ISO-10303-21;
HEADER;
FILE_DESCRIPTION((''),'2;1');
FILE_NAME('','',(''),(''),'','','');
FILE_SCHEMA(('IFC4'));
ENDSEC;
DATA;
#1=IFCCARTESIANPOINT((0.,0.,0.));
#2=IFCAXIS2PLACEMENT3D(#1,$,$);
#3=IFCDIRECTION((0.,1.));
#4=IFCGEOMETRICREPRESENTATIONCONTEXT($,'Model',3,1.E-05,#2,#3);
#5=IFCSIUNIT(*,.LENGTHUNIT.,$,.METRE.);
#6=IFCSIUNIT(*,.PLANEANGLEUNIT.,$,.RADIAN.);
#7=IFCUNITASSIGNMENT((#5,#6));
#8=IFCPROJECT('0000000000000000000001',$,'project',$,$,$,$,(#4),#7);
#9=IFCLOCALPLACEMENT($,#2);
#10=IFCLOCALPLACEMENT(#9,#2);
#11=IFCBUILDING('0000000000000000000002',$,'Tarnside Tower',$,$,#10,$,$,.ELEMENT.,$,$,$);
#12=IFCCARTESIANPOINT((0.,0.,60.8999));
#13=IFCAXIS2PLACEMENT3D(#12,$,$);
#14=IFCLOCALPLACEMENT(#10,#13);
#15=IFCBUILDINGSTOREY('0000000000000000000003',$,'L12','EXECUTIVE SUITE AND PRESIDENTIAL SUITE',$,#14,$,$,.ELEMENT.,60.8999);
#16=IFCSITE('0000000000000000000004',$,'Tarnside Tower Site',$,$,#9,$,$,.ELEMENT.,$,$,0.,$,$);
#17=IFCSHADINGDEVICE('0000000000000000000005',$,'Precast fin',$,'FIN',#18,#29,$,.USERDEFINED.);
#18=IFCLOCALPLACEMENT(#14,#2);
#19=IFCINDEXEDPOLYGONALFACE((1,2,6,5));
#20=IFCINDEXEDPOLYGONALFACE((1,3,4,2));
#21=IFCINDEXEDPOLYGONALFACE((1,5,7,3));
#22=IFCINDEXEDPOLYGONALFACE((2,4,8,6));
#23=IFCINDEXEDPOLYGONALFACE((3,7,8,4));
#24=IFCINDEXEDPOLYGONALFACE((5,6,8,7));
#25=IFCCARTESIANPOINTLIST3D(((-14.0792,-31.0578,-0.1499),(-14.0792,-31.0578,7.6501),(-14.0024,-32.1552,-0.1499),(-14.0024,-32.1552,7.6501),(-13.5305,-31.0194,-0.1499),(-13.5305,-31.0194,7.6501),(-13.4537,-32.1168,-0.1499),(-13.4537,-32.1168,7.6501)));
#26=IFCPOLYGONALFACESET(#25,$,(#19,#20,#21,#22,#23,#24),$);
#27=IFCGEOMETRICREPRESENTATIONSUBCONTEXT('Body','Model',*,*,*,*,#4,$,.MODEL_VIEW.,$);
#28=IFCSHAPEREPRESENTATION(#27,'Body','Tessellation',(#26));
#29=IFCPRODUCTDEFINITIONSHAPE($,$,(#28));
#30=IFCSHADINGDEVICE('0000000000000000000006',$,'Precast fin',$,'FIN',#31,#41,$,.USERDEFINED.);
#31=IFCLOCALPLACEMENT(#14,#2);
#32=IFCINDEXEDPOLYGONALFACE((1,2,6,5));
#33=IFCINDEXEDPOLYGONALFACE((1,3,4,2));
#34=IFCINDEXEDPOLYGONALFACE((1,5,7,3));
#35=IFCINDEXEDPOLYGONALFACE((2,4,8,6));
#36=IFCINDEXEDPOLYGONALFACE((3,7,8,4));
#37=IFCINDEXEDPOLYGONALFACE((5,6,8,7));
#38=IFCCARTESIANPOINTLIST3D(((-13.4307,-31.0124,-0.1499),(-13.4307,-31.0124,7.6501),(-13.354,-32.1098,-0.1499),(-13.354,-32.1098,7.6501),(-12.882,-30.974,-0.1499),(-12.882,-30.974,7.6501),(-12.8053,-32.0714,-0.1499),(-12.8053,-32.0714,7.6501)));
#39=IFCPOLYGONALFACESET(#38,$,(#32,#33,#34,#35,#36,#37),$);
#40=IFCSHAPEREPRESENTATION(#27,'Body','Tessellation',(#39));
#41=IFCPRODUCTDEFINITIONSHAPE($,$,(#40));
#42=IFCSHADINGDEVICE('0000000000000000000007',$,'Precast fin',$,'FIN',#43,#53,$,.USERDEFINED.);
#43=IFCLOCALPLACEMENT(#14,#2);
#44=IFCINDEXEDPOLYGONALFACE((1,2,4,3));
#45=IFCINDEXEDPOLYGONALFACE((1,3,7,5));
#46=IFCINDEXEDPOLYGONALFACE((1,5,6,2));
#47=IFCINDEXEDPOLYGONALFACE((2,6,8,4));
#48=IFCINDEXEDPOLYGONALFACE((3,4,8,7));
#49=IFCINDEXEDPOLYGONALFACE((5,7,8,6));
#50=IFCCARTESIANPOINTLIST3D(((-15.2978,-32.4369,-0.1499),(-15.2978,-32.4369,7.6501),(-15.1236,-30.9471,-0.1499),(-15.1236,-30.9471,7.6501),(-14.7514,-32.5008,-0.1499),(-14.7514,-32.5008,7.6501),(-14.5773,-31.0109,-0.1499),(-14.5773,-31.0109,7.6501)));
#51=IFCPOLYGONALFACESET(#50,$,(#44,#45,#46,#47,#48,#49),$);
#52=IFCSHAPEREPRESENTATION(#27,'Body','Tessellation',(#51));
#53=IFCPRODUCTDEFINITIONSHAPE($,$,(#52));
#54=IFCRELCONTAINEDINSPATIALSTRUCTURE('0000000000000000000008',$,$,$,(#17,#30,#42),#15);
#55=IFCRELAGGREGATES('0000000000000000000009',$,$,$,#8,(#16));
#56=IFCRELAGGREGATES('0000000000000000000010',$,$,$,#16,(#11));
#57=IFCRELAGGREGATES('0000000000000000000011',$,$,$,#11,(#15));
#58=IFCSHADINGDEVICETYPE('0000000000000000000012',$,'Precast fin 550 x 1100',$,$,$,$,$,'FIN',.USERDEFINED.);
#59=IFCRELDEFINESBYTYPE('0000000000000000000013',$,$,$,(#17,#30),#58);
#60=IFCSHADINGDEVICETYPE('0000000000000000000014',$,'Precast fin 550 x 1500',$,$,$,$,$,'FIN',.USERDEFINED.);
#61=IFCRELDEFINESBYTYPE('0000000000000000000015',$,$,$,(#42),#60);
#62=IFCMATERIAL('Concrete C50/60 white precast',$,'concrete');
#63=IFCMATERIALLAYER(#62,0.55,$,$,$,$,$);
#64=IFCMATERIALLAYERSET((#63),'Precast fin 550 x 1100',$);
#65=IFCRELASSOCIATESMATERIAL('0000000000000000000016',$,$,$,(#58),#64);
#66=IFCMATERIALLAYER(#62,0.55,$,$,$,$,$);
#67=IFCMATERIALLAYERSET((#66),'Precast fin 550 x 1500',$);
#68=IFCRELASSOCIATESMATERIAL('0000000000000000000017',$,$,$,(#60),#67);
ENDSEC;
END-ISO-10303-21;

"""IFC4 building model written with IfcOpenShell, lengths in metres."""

from ifc_helpers import new_model, si_unit, direction, frame, origin, place, context, subcontext, project, spatial, polyline, outline, extrude, material, layer, layer_set, type_object, element, save


model = new_model("IFC4")

# Units and contexts
model_context = context("Model", 3, precision=1e-05, world=origin(), true_north=direction((0.0, 1.0)))
body_context = subcontext(model_context, "Body", "Model", "MODEL_VIEW")
ifc_project = project(units=[si_unit("LENGTHUNIT", "METRE"), si_unit("PLANEANGLEUNIT", "RADIAN")], contexts=[model_context])

# Site, building, storey
site_placement = place(None, origin())
site = spatial("IfcSite", under=ifc_project, at=site_placement, Name="Tarnside Tower Site", CompositionType="ELEMENT", RefElevation=0.0)
building_placement = place(site_placement, origin())
building = spatial("IfcBuilding", under=site, at=building_placement, Name="Tarnside Tower", CompositionType="ELEMENT")
storey_placement = place(building_placement, frame((0.0, 0.0, 60.8999)))
storey = spatial("IfcBuildingStorey", under=building, at=storey_placement, Name="L12", Description="EXECUTIVE SUITE AND PRESIDENTIAL SUITE", CompositionType="ELEMENT", Elevation=60.8999)

# Shading devices
ifc_material_1 = material(Name="Concrete C50/60 white precast", Category="concrete")
ifc_layer_1 = layer(ifc_material_1, 0.55)
ifc_layer_set_1 = layer_set([ifc_layer_1], Name="Precast fin 550 x 1100")
shading_device_type_1 = type_object("IfcShadingDeviceType", Name="Precast fin 550 x 1100", ElementType="FIN", PredefinedType="USERDEFINED", material=ifc_layer_set_1)
for number, where, z_axis, x_axis, name in (
    (1, (-13.8047, -31.0386, -0.1499), (-0.997564, -0.069756, 0.0), (0.069756, -0.997564, 0.0), "Precast fin"),
    (2, (-13.1562, -30.9932, -0.1499), (-0.997564, -0.069756, 0.0), (0.069756, -0.997564, 0.0), "Precast fin"),
):
    element("IfcShadingDevice", number, at=place(storey_placement, frame(where, z_axis=z_axis, x_axis=x_axis)), inside=storey, type_object=shading_device_type_1, Name=name, ObjectType="FIN", PredefinedType="USERDEFINED", context=body_context, shape_type="SweptSolid", body=[
        extrude(outline(polyline([(0.0, 0.0), (1.1001, 0.0), (1.1001, 7.8), (0.0, 7.8), (0.0, 0.0)])), frame((0.0, 0.0, -0.2749)), (0.0, 0.0, 1.0), 0.55),
    ])
ifc_layer_2 = layer(ifc_material_1, 0.55)
ifc_layer_set_2 = layer_set([ifc_layer_2], Name="Precast fin 550 x 1500")
shading_device_type_2 = type_object("IfcShadingDeviceType", Name="Precast fin 550 x 1500", ElementType="FIN", PredefinedType="USERDEFINED", material=ifc_layer_set_2)
shading_device_placement = place(storey_placement, frame((-14.8503, -30.979, -0.1499), z_axis=(-0.993238, 0.116093, 0.0), x_axis=(-0.116093, -0.993238, 0.0)))
element("IfcShadingDevice", 3, at=shading_device_placement, inside=storey, type_object=shading_device_type_2, Name="Precast fin", ObjectType="FIN", PredefinedType="USERDEFINED", context=body_context, shape_type="SweptSolid", body=[
    extrude(outline(polyline([(0.0, 0.0), (1.5, 0.0), (1.5, 7.8), (0.0, 7.8), (0.0, 0.0)])), frame((0.0, 0.0, -0.2749)), (0.0, 0.0, 1.0), 0.55),
])

save(model, "model.ifc")
